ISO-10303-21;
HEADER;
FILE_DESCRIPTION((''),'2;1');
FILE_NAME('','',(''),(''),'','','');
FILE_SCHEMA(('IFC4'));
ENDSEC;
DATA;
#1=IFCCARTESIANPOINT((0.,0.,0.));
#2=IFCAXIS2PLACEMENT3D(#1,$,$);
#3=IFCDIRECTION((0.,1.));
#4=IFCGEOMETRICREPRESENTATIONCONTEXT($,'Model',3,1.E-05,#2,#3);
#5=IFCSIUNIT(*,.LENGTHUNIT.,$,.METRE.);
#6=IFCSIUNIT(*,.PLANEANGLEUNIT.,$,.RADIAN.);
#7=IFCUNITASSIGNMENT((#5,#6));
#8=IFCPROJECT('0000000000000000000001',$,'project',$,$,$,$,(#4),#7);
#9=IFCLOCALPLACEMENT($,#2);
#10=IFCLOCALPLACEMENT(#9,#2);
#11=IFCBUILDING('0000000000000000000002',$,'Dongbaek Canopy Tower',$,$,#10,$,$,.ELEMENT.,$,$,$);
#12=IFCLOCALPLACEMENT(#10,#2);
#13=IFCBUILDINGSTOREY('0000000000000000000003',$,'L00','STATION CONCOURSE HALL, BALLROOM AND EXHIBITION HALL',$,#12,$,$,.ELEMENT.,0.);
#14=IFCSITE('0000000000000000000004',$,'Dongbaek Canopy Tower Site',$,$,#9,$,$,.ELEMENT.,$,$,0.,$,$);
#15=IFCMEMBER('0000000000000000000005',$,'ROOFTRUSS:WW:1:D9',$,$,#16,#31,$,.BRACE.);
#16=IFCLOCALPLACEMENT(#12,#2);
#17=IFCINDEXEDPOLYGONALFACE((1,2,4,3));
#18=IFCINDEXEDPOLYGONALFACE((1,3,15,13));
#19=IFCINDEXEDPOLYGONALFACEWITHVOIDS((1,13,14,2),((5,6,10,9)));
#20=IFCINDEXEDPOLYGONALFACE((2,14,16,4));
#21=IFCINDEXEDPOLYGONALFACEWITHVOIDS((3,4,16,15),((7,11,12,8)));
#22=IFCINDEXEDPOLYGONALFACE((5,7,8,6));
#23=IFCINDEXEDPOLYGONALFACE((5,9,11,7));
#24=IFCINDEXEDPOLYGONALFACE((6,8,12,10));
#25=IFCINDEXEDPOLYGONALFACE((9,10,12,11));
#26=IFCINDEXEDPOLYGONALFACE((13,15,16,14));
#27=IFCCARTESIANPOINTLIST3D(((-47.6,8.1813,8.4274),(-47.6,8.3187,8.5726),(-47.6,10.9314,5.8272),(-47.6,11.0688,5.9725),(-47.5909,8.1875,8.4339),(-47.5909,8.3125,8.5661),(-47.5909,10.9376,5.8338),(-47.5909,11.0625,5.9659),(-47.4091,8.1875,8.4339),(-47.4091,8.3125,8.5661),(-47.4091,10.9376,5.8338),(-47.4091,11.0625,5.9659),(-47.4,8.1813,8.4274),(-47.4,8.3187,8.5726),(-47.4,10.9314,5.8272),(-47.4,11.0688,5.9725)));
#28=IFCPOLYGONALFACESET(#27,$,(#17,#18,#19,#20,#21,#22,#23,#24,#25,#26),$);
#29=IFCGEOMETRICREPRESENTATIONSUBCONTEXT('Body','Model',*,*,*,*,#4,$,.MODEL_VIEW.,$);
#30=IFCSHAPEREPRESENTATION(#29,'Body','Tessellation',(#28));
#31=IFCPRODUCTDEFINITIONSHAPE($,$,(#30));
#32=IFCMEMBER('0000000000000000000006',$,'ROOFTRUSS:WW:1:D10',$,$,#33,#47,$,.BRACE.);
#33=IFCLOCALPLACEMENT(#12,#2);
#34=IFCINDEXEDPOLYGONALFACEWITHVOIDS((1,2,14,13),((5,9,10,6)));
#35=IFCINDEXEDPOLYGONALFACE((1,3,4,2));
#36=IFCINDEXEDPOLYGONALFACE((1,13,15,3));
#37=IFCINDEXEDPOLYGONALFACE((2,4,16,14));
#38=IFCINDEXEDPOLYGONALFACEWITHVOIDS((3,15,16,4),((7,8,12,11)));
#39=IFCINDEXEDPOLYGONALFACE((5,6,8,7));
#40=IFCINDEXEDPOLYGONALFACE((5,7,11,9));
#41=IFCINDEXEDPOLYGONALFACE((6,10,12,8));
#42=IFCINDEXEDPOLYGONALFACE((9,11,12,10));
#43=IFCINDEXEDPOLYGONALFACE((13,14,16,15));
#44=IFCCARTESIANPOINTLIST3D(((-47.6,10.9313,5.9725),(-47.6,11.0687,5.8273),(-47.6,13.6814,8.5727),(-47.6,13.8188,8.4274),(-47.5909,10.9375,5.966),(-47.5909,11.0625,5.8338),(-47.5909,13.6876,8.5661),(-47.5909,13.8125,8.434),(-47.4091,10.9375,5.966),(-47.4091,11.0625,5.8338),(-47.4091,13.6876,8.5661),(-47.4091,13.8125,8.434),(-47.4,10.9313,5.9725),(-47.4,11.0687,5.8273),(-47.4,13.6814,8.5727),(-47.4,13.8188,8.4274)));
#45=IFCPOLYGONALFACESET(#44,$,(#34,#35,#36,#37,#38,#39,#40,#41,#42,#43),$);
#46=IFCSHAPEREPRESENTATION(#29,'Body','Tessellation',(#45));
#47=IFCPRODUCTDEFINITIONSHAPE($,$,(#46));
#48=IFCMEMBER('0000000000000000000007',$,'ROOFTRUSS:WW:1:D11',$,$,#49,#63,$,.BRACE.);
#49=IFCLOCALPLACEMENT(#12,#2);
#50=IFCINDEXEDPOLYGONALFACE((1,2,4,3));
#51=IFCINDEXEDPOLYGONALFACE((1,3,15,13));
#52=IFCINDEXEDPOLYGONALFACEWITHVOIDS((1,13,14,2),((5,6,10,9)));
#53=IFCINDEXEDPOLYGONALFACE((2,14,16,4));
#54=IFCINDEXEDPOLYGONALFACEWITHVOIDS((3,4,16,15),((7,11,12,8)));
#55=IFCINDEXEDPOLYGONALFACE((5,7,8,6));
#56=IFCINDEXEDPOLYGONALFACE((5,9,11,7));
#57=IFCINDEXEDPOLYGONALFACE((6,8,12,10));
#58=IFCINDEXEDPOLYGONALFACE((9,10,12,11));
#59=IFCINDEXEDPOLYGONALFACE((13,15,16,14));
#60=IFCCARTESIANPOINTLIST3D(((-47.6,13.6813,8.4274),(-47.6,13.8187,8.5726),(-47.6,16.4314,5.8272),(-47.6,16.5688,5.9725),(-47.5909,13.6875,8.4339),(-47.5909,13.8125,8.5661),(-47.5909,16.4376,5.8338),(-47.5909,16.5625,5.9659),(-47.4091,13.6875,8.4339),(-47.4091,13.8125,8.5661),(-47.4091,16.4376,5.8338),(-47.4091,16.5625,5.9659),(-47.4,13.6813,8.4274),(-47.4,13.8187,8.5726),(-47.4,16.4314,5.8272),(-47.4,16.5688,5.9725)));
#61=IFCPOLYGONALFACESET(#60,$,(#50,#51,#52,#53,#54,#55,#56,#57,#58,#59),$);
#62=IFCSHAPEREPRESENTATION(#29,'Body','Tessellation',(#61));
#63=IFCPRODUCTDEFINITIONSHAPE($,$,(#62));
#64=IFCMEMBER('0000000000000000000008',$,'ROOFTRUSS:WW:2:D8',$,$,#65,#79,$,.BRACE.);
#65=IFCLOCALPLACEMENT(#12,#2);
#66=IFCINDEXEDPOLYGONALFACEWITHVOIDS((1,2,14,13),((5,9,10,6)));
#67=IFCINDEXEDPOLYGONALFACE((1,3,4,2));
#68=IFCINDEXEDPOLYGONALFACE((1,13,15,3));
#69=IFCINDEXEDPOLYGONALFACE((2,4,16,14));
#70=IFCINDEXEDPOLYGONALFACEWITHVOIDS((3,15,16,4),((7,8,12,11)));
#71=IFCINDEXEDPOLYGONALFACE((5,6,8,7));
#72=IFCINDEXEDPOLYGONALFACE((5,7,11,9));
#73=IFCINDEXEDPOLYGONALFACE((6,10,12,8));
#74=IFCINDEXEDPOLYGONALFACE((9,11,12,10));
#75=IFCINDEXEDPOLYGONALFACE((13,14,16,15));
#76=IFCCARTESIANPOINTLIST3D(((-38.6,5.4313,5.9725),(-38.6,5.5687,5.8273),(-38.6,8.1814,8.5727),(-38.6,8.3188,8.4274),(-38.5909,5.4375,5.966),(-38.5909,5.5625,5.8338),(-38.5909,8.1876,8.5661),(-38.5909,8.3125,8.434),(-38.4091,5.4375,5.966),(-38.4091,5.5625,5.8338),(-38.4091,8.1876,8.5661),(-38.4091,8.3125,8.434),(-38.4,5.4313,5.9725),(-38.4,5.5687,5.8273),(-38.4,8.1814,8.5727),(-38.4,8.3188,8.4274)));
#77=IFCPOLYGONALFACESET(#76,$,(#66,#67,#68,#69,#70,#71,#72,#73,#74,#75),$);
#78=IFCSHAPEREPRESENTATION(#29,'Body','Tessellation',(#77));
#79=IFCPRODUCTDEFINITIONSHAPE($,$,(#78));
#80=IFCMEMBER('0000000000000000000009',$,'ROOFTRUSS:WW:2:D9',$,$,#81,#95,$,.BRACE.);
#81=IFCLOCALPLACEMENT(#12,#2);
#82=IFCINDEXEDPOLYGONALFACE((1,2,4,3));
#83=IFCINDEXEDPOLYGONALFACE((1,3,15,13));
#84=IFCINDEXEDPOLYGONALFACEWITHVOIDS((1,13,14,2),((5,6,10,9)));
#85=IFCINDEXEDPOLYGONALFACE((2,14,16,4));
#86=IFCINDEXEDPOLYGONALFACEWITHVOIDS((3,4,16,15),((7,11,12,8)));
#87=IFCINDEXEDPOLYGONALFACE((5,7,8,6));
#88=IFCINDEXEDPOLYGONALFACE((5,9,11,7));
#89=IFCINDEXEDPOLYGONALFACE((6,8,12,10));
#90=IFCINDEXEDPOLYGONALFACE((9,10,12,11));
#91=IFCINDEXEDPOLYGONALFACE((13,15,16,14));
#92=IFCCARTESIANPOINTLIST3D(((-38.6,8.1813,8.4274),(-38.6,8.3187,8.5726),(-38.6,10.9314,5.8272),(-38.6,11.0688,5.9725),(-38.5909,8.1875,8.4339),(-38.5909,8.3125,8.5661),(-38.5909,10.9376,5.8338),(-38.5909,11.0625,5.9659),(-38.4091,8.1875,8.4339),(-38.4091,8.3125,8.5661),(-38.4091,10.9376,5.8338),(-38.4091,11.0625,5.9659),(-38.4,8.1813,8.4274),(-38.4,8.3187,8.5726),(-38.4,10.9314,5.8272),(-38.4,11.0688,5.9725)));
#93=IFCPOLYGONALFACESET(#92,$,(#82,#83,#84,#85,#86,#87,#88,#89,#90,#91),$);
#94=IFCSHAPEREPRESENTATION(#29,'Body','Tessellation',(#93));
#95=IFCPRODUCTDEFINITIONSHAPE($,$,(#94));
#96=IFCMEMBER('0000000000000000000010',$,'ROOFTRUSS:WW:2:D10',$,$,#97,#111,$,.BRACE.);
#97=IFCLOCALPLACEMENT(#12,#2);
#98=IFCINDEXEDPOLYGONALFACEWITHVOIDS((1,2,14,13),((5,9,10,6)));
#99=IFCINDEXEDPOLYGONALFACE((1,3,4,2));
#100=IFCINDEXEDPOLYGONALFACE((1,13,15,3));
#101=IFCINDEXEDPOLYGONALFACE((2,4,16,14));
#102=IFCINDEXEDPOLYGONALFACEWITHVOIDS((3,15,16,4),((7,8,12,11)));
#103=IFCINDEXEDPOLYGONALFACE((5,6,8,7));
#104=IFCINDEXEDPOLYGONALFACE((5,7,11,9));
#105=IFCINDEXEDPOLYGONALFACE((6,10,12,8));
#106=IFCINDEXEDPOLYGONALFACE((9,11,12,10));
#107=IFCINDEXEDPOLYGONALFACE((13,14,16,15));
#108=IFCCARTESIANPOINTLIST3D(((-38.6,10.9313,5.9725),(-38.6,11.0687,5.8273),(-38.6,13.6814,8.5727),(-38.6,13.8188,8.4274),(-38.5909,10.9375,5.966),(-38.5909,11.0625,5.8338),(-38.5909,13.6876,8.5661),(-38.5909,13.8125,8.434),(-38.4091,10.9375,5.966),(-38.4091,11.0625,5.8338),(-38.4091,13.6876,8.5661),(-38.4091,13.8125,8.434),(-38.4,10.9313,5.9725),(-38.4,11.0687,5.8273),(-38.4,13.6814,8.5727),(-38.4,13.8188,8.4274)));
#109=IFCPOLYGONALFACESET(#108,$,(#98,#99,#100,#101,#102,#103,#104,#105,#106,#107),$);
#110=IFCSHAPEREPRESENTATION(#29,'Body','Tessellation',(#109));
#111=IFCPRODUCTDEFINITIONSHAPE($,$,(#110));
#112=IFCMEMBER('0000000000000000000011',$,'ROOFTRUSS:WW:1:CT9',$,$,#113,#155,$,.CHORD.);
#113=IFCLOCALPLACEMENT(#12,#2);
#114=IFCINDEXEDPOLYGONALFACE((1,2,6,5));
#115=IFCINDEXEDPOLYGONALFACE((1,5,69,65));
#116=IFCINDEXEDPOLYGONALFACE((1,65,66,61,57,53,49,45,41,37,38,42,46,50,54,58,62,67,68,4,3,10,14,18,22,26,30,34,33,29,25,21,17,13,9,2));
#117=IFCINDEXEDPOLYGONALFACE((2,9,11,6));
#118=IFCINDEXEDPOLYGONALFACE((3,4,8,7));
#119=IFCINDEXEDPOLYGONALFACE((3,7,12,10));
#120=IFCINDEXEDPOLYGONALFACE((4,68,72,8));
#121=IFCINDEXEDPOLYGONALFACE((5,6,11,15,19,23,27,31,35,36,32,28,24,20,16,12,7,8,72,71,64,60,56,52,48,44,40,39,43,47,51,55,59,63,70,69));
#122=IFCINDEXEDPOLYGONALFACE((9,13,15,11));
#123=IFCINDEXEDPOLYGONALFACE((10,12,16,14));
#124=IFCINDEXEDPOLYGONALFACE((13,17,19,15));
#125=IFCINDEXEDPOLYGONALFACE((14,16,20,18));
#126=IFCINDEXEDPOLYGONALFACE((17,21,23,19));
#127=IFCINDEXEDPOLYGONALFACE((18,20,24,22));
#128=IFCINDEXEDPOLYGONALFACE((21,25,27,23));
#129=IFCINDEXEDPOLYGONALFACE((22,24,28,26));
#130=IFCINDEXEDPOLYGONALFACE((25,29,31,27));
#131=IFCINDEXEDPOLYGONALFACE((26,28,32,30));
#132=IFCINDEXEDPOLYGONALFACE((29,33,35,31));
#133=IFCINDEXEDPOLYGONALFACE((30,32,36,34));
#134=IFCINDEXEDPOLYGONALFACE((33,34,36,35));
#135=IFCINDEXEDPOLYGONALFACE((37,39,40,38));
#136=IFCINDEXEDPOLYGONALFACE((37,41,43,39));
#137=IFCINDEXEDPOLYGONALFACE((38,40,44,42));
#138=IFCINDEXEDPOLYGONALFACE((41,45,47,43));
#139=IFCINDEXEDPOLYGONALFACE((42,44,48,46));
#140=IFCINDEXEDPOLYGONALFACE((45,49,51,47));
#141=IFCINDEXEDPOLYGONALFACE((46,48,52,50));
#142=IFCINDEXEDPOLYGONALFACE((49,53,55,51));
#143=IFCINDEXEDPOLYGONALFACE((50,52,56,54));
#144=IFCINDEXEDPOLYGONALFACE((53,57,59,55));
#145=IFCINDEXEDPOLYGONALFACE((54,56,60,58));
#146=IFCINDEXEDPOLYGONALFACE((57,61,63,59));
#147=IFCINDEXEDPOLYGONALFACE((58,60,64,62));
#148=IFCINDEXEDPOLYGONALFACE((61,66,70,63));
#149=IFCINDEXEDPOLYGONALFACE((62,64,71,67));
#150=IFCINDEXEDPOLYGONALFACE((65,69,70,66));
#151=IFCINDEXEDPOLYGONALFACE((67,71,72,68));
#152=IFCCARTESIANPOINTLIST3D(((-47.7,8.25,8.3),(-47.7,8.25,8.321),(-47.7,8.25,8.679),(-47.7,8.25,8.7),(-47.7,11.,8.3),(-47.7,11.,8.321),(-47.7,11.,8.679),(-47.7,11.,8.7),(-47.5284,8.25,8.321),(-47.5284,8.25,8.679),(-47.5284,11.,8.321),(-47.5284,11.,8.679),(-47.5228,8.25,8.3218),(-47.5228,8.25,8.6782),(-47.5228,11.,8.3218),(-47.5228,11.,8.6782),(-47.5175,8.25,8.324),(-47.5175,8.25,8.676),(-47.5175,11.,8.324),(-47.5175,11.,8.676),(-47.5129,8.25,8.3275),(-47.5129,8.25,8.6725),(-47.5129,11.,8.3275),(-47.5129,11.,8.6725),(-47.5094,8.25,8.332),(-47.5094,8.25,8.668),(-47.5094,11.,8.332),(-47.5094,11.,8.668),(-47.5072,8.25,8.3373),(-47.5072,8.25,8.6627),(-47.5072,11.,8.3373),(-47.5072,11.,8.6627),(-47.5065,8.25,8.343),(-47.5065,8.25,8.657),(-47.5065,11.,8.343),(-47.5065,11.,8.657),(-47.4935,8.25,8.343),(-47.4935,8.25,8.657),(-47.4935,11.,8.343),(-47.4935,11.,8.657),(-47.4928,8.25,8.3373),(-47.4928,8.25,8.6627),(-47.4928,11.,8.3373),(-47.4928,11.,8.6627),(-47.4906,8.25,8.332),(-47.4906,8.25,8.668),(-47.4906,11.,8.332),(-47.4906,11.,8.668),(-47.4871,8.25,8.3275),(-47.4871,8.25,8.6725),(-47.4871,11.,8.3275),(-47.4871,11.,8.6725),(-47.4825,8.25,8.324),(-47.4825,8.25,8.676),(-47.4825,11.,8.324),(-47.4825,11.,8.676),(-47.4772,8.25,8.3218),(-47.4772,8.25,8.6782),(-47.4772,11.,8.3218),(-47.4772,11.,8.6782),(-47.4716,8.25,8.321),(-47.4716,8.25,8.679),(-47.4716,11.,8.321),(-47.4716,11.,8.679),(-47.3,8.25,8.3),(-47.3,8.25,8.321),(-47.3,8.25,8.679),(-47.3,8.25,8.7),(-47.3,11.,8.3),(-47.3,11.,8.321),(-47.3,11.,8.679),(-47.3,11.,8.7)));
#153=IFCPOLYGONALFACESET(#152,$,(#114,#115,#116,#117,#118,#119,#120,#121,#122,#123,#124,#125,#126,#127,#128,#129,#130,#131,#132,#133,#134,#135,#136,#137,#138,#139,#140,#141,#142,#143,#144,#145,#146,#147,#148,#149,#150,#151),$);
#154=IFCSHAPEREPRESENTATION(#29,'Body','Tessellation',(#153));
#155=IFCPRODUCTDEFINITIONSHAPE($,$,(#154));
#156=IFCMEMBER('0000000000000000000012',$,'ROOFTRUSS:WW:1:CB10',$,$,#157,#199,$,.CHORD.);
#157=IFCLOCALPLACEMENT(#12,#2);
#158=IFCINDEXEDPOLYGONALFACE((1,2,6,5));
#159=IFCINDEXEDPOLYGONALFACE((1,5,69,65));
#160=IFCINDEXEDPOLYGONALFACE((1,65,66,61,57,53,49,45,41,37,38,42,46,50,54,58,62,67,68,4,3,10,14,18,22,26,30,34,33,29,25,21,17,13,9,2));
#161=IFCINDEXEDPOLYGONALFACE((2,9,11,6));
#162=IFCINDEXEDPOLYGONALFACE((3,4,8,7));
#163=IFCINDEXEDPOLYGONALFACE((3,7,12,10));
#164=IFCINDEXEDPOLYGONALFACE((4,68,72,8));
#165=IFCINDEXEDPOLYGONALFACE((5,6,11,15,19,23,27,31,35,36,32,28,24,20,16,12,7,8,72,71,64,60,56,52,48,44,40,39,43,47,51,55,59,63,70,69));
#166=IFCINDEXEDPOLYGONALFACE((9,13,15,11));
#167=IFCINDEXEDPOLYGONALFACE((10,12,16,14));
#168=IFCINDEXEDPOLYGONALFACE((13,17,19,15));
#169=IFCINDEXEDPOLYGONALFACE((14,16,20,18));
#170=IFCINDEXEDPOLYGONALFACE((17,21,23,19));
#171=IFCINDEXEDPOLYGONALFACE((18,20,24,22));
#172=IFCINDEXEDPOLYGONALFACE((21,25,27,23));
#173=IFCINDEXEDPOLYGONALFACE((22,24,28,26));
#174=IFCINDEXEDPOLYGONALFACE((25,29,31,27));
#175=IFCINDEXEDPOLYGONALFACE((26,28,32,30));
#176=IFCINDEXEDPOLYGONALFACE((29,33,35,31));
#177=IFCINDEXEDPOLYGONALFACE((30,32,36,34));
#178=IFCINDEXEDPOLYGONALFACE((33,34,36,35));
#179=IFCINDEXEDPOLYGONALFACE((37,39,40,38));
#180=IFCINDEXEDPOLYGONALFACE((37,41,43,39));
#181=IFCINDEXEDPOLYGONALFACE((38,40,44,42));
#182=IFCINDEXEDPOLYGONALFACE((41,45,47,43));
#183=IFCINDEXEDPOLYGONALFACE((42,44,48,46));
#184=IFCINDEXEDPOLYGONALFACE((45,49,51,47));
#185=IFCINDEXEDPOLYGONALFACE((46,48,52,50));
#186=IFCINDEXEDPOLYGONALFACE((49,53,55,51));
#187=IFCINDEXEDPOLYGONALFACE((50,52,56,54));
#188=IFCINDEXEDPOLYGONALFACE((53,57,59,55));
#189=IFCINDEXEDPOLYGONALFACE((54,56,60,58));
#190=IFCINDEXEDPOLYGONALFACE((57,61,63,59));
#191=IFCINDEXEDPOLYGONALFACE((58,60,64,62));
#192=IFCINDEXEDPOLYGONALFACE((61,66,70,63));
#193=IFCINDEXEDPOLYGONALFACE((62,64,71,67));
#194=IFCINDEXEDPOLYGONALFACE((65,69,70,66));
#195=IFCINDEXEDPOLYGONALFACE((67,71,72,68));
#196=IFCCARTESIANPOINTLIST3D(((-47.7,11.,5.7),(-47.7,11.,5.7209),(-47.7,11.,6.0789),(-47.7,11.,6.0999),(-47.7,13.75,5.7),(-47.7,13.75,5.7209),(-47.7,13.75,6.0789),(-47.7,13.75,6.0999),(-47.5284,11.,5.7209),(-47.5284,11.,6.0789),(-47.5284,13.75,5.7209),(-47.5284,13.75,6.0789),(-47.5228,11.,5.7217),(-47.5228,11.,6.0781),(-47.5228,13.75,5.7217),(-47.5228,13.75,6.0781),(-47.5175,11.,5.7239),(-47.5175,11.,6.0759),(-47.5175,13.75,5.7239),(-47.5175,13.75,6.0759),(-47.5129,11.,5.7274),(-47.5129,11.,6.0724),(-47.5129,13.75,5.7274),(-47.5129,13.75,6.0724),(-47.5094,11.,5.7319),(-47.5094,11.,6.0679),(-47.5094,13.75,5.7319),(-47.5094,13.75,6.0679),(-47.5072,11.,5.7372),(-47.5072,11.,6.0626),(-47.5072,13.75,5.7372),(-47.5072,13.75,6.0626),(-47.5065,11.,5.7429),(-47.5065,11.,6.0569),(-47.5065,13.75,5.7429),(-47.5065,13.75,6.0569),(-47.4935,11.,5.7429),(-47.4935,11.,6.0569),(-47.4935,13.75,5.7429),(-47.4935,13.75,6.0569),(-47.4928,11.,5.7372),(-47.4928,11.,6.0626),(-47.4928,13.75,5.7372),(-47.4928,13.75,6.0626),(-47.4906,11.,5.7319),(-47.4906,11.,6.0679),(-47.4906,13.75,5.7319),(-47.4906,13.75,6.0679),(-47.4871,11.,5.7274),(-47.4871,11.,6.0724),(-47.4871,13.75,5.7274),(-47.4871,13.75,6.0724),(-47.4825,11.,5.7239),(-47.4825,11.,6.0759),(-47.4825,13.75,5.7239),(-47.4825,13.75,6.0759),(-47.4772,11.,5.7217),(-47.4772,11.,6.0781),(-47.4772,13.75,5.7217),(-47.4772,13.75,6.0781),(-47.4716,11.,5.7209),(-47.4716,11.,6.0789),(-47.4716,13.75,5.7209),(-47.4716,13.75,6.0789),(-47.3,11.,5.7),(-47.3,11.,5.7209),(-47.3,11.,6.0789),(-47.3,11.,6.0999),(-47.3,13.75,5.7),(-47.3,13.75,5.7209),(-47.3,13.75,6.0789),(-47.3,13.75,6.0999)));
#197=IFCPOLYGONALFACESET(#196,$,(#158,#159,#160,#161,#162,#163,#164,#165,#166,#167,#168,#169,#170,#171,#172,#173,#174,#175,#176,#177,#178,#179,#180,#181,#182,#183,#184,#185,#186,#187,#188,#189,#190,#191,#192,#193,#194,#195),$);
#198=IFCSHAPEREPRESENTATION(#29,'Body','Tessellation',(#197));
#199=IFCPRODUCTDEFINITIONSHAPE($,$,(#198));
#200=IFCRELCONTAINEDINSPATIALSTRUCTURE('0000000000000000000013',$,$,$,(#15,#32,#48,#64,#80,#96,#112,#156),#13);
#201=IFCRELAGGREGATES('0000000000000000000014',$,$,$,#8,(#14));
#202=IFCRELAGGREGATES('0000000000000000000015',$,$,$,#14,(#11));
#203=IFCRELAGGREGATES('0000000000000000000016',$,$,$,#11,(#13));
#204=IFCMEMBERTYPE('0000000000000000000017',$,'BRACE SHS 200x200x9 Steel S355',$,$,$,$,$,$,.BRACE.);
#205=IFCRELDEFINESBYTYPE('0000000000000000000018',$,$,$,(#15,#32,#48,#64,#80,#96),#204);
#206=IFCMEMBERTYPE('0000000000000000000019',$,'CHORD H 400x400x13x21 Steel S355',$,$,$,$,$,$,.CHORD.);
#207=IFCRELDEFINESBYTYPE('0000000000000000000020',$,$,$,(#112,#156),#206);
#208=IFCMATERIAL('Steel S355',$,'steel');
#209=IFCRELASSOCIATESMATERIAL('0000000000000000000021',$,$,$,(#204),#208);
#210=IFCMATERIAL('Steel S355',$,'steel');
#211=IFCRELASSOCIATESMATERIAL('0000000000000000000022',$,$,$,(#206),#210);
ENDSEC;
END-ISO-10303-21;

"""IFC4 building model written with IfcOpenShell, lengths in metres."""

from ifc_helpers import new_model, si_unit, direction, frame, origin, origin_2d, place, context, subcontext, project, spatial, hollow_rectangle, i_section, extrude, material, material_profile, profile_set, type_object, element, save


model = new_model("IFC4")

# Units and contexts
model_context = context("Model", 3, precision=1e-05, world=origin(), true_north=direction((0.0, 1.0)))
body_context = subcontext(model_context, "Body", "Model", "MODEL_VIEW")
ifc_project = project(units=[si_unit("LENGTHUNIT", "METRE"), si_unit("PLANEANGLEUNIT", "RADIAN")], contexts=[model_context])

# Site, building, storey
site_placement = place(None, origin())
site = spatial("IfcSite", under=ifc_project, at=site_placement, Name="Dongbaek Canopy Tower Site", CompositionType="ELEMENT", RefElevation=0.0)
building_placement = place(site_placement, origin())
building = spatial("IfcBuilding", under=site, at=building_placement, Name="Dongbaek Canopy Tower", CompositionType="ELEMENT")
storey_placement = place(building_placement, origin())
storey = spatial("IfcBuildingStorey", under=building, at=storey_placement, Name="L00", Description="STATION CONCOURSE HALL, BALLROOM AND EXHIBITION HALL", CompositionType="ELEMENT", Elevation=0.0)

# Members
ifc_material_1 = material(Name="Steel S355", Category="steel")
ifc_material_profile_1 = material_profile(ifc_material_1, hollow_rectangle(XDim=0.2, YDim=0.2, WallThickness=0.009, at=origin_2d()), Name="BRACE SHS 200x200x9 Steel S355")
ifc_profile_set_1 = profile_set([ifc_material_profile_1], Name="Steel S355")
member_type_1 = type_object("IfcMemberType", Name="BRACE SHS 200x200x9 Steel S355", PredefinedType="BRACE", material=ifc_profile_set_1)
for number, where, z_axis, x_axis, name in (
    (1, (-47.5, 8.25, 8.5), (0.0, 0.726634, -0.687025), (-1.0, 0.0, 0.0), "ROOFTRUSS:WW:1:D9"),
    (2, (-47.5, 11.0, 5.8999), (0.0, 0.726634, 0.687025), (-1.0, 0.0, 0.0), "ROOFTRUSS:WW:1:D10"),
    (3, (-47.5, 13.75, 8.5), (0.0, 0.726634, -0.687025), (-1.0, 0.0, 0.0), "ROOFTRUSS:WW:1:D11"),
    (4, (-38.5, 5.5, 5.8999), (0.0, 0.726634, 0.687025), (-1.0, 0.0, 0.0), "ROOFTRUSS:WW:2:D8"),
    (5, (-38.5, 8.25, 8.5), (0.0, 0.726634, -0.687025), (-1.0, 0.0, 0.0), "ROOFTRUSS:WW:2:D9"),
    (6, (-38.5, 11.0, 5.8999), (0.0, 0.726634, 0.687025), (-1.0, 0.0, 0.0), "ROOFTRUSS:WW:2:D10"),
):
    element("IfcMember", number, at=place(storey_placement, frame(where, z_axis=z_axis, x_axis=x_axis)), inside=storey, type_object=member_type_1, Name=name, PredefinedType="BRACE", context=body_context, shape_type="SweptSolid", body=[
        extrude(hollow_rectangle(XDim=0.2, YDim=0.2, WallThickness=0.009, at=origin_2d()), origin(), (0.0, 0.0, 1.0), 3.7847),
    ])
ifc_material_2 = material(Name="Steel S355", Category="steel")
ifc_material_profile_2 = material_profile(ifc_material_2, i_section(OverallWidth=0.3999, OverallDepth=0.3999, WebThickness=0.0129, FlangeThickness=0.021, FilletRadius=0.022, at=origin_2d()), Name="CHORD H 400x400x13x21 Steel S355")
ifc_profile_set_2 = profile_set([ifc_material_profile_2], Name="Steel S355")
member_type_2 = type_object("IfcMemberType", Name="CHORD H 400x400x13x21 Steel S355", PredefinedType="CHORD", material=ifc_profile_set_2)
for number, where, z_axis, x_axis, name in (
    (7, (-47.5, 8.25, 8.5), (0.0, 1.0, 0.0), (-1.0, 0.0, 0.0), "ROOFTRUSS:WW:1:CT9"),
    (8, (-47.5, 11.0, 5.8999), (0.0, 1.0, 0.0), (-1.0, 0.0, 0.0), "ROOFTRUSS:WW:1:CB10"),
):
    element("IfcMember", number, at=place(storey_placement, frame(where, z_axis=z_axis, x_axis=x_axis)), inside=storey, type_object=member_type_2, Name=name, PredefinedType="CHORD", context=body_context, shape_type="SweptSolid", body=[
        extrude(i_section(OverallWidth=0.3999, OverallDepth=0.3999, WebThickness=0.0129, FlangeThickness=0.021, FilletRadius=0.022, at=origin_2d()), origin(), (0.0, 0.0, 1.0), 2.75),
    ])

save(model, "model.ifc")
